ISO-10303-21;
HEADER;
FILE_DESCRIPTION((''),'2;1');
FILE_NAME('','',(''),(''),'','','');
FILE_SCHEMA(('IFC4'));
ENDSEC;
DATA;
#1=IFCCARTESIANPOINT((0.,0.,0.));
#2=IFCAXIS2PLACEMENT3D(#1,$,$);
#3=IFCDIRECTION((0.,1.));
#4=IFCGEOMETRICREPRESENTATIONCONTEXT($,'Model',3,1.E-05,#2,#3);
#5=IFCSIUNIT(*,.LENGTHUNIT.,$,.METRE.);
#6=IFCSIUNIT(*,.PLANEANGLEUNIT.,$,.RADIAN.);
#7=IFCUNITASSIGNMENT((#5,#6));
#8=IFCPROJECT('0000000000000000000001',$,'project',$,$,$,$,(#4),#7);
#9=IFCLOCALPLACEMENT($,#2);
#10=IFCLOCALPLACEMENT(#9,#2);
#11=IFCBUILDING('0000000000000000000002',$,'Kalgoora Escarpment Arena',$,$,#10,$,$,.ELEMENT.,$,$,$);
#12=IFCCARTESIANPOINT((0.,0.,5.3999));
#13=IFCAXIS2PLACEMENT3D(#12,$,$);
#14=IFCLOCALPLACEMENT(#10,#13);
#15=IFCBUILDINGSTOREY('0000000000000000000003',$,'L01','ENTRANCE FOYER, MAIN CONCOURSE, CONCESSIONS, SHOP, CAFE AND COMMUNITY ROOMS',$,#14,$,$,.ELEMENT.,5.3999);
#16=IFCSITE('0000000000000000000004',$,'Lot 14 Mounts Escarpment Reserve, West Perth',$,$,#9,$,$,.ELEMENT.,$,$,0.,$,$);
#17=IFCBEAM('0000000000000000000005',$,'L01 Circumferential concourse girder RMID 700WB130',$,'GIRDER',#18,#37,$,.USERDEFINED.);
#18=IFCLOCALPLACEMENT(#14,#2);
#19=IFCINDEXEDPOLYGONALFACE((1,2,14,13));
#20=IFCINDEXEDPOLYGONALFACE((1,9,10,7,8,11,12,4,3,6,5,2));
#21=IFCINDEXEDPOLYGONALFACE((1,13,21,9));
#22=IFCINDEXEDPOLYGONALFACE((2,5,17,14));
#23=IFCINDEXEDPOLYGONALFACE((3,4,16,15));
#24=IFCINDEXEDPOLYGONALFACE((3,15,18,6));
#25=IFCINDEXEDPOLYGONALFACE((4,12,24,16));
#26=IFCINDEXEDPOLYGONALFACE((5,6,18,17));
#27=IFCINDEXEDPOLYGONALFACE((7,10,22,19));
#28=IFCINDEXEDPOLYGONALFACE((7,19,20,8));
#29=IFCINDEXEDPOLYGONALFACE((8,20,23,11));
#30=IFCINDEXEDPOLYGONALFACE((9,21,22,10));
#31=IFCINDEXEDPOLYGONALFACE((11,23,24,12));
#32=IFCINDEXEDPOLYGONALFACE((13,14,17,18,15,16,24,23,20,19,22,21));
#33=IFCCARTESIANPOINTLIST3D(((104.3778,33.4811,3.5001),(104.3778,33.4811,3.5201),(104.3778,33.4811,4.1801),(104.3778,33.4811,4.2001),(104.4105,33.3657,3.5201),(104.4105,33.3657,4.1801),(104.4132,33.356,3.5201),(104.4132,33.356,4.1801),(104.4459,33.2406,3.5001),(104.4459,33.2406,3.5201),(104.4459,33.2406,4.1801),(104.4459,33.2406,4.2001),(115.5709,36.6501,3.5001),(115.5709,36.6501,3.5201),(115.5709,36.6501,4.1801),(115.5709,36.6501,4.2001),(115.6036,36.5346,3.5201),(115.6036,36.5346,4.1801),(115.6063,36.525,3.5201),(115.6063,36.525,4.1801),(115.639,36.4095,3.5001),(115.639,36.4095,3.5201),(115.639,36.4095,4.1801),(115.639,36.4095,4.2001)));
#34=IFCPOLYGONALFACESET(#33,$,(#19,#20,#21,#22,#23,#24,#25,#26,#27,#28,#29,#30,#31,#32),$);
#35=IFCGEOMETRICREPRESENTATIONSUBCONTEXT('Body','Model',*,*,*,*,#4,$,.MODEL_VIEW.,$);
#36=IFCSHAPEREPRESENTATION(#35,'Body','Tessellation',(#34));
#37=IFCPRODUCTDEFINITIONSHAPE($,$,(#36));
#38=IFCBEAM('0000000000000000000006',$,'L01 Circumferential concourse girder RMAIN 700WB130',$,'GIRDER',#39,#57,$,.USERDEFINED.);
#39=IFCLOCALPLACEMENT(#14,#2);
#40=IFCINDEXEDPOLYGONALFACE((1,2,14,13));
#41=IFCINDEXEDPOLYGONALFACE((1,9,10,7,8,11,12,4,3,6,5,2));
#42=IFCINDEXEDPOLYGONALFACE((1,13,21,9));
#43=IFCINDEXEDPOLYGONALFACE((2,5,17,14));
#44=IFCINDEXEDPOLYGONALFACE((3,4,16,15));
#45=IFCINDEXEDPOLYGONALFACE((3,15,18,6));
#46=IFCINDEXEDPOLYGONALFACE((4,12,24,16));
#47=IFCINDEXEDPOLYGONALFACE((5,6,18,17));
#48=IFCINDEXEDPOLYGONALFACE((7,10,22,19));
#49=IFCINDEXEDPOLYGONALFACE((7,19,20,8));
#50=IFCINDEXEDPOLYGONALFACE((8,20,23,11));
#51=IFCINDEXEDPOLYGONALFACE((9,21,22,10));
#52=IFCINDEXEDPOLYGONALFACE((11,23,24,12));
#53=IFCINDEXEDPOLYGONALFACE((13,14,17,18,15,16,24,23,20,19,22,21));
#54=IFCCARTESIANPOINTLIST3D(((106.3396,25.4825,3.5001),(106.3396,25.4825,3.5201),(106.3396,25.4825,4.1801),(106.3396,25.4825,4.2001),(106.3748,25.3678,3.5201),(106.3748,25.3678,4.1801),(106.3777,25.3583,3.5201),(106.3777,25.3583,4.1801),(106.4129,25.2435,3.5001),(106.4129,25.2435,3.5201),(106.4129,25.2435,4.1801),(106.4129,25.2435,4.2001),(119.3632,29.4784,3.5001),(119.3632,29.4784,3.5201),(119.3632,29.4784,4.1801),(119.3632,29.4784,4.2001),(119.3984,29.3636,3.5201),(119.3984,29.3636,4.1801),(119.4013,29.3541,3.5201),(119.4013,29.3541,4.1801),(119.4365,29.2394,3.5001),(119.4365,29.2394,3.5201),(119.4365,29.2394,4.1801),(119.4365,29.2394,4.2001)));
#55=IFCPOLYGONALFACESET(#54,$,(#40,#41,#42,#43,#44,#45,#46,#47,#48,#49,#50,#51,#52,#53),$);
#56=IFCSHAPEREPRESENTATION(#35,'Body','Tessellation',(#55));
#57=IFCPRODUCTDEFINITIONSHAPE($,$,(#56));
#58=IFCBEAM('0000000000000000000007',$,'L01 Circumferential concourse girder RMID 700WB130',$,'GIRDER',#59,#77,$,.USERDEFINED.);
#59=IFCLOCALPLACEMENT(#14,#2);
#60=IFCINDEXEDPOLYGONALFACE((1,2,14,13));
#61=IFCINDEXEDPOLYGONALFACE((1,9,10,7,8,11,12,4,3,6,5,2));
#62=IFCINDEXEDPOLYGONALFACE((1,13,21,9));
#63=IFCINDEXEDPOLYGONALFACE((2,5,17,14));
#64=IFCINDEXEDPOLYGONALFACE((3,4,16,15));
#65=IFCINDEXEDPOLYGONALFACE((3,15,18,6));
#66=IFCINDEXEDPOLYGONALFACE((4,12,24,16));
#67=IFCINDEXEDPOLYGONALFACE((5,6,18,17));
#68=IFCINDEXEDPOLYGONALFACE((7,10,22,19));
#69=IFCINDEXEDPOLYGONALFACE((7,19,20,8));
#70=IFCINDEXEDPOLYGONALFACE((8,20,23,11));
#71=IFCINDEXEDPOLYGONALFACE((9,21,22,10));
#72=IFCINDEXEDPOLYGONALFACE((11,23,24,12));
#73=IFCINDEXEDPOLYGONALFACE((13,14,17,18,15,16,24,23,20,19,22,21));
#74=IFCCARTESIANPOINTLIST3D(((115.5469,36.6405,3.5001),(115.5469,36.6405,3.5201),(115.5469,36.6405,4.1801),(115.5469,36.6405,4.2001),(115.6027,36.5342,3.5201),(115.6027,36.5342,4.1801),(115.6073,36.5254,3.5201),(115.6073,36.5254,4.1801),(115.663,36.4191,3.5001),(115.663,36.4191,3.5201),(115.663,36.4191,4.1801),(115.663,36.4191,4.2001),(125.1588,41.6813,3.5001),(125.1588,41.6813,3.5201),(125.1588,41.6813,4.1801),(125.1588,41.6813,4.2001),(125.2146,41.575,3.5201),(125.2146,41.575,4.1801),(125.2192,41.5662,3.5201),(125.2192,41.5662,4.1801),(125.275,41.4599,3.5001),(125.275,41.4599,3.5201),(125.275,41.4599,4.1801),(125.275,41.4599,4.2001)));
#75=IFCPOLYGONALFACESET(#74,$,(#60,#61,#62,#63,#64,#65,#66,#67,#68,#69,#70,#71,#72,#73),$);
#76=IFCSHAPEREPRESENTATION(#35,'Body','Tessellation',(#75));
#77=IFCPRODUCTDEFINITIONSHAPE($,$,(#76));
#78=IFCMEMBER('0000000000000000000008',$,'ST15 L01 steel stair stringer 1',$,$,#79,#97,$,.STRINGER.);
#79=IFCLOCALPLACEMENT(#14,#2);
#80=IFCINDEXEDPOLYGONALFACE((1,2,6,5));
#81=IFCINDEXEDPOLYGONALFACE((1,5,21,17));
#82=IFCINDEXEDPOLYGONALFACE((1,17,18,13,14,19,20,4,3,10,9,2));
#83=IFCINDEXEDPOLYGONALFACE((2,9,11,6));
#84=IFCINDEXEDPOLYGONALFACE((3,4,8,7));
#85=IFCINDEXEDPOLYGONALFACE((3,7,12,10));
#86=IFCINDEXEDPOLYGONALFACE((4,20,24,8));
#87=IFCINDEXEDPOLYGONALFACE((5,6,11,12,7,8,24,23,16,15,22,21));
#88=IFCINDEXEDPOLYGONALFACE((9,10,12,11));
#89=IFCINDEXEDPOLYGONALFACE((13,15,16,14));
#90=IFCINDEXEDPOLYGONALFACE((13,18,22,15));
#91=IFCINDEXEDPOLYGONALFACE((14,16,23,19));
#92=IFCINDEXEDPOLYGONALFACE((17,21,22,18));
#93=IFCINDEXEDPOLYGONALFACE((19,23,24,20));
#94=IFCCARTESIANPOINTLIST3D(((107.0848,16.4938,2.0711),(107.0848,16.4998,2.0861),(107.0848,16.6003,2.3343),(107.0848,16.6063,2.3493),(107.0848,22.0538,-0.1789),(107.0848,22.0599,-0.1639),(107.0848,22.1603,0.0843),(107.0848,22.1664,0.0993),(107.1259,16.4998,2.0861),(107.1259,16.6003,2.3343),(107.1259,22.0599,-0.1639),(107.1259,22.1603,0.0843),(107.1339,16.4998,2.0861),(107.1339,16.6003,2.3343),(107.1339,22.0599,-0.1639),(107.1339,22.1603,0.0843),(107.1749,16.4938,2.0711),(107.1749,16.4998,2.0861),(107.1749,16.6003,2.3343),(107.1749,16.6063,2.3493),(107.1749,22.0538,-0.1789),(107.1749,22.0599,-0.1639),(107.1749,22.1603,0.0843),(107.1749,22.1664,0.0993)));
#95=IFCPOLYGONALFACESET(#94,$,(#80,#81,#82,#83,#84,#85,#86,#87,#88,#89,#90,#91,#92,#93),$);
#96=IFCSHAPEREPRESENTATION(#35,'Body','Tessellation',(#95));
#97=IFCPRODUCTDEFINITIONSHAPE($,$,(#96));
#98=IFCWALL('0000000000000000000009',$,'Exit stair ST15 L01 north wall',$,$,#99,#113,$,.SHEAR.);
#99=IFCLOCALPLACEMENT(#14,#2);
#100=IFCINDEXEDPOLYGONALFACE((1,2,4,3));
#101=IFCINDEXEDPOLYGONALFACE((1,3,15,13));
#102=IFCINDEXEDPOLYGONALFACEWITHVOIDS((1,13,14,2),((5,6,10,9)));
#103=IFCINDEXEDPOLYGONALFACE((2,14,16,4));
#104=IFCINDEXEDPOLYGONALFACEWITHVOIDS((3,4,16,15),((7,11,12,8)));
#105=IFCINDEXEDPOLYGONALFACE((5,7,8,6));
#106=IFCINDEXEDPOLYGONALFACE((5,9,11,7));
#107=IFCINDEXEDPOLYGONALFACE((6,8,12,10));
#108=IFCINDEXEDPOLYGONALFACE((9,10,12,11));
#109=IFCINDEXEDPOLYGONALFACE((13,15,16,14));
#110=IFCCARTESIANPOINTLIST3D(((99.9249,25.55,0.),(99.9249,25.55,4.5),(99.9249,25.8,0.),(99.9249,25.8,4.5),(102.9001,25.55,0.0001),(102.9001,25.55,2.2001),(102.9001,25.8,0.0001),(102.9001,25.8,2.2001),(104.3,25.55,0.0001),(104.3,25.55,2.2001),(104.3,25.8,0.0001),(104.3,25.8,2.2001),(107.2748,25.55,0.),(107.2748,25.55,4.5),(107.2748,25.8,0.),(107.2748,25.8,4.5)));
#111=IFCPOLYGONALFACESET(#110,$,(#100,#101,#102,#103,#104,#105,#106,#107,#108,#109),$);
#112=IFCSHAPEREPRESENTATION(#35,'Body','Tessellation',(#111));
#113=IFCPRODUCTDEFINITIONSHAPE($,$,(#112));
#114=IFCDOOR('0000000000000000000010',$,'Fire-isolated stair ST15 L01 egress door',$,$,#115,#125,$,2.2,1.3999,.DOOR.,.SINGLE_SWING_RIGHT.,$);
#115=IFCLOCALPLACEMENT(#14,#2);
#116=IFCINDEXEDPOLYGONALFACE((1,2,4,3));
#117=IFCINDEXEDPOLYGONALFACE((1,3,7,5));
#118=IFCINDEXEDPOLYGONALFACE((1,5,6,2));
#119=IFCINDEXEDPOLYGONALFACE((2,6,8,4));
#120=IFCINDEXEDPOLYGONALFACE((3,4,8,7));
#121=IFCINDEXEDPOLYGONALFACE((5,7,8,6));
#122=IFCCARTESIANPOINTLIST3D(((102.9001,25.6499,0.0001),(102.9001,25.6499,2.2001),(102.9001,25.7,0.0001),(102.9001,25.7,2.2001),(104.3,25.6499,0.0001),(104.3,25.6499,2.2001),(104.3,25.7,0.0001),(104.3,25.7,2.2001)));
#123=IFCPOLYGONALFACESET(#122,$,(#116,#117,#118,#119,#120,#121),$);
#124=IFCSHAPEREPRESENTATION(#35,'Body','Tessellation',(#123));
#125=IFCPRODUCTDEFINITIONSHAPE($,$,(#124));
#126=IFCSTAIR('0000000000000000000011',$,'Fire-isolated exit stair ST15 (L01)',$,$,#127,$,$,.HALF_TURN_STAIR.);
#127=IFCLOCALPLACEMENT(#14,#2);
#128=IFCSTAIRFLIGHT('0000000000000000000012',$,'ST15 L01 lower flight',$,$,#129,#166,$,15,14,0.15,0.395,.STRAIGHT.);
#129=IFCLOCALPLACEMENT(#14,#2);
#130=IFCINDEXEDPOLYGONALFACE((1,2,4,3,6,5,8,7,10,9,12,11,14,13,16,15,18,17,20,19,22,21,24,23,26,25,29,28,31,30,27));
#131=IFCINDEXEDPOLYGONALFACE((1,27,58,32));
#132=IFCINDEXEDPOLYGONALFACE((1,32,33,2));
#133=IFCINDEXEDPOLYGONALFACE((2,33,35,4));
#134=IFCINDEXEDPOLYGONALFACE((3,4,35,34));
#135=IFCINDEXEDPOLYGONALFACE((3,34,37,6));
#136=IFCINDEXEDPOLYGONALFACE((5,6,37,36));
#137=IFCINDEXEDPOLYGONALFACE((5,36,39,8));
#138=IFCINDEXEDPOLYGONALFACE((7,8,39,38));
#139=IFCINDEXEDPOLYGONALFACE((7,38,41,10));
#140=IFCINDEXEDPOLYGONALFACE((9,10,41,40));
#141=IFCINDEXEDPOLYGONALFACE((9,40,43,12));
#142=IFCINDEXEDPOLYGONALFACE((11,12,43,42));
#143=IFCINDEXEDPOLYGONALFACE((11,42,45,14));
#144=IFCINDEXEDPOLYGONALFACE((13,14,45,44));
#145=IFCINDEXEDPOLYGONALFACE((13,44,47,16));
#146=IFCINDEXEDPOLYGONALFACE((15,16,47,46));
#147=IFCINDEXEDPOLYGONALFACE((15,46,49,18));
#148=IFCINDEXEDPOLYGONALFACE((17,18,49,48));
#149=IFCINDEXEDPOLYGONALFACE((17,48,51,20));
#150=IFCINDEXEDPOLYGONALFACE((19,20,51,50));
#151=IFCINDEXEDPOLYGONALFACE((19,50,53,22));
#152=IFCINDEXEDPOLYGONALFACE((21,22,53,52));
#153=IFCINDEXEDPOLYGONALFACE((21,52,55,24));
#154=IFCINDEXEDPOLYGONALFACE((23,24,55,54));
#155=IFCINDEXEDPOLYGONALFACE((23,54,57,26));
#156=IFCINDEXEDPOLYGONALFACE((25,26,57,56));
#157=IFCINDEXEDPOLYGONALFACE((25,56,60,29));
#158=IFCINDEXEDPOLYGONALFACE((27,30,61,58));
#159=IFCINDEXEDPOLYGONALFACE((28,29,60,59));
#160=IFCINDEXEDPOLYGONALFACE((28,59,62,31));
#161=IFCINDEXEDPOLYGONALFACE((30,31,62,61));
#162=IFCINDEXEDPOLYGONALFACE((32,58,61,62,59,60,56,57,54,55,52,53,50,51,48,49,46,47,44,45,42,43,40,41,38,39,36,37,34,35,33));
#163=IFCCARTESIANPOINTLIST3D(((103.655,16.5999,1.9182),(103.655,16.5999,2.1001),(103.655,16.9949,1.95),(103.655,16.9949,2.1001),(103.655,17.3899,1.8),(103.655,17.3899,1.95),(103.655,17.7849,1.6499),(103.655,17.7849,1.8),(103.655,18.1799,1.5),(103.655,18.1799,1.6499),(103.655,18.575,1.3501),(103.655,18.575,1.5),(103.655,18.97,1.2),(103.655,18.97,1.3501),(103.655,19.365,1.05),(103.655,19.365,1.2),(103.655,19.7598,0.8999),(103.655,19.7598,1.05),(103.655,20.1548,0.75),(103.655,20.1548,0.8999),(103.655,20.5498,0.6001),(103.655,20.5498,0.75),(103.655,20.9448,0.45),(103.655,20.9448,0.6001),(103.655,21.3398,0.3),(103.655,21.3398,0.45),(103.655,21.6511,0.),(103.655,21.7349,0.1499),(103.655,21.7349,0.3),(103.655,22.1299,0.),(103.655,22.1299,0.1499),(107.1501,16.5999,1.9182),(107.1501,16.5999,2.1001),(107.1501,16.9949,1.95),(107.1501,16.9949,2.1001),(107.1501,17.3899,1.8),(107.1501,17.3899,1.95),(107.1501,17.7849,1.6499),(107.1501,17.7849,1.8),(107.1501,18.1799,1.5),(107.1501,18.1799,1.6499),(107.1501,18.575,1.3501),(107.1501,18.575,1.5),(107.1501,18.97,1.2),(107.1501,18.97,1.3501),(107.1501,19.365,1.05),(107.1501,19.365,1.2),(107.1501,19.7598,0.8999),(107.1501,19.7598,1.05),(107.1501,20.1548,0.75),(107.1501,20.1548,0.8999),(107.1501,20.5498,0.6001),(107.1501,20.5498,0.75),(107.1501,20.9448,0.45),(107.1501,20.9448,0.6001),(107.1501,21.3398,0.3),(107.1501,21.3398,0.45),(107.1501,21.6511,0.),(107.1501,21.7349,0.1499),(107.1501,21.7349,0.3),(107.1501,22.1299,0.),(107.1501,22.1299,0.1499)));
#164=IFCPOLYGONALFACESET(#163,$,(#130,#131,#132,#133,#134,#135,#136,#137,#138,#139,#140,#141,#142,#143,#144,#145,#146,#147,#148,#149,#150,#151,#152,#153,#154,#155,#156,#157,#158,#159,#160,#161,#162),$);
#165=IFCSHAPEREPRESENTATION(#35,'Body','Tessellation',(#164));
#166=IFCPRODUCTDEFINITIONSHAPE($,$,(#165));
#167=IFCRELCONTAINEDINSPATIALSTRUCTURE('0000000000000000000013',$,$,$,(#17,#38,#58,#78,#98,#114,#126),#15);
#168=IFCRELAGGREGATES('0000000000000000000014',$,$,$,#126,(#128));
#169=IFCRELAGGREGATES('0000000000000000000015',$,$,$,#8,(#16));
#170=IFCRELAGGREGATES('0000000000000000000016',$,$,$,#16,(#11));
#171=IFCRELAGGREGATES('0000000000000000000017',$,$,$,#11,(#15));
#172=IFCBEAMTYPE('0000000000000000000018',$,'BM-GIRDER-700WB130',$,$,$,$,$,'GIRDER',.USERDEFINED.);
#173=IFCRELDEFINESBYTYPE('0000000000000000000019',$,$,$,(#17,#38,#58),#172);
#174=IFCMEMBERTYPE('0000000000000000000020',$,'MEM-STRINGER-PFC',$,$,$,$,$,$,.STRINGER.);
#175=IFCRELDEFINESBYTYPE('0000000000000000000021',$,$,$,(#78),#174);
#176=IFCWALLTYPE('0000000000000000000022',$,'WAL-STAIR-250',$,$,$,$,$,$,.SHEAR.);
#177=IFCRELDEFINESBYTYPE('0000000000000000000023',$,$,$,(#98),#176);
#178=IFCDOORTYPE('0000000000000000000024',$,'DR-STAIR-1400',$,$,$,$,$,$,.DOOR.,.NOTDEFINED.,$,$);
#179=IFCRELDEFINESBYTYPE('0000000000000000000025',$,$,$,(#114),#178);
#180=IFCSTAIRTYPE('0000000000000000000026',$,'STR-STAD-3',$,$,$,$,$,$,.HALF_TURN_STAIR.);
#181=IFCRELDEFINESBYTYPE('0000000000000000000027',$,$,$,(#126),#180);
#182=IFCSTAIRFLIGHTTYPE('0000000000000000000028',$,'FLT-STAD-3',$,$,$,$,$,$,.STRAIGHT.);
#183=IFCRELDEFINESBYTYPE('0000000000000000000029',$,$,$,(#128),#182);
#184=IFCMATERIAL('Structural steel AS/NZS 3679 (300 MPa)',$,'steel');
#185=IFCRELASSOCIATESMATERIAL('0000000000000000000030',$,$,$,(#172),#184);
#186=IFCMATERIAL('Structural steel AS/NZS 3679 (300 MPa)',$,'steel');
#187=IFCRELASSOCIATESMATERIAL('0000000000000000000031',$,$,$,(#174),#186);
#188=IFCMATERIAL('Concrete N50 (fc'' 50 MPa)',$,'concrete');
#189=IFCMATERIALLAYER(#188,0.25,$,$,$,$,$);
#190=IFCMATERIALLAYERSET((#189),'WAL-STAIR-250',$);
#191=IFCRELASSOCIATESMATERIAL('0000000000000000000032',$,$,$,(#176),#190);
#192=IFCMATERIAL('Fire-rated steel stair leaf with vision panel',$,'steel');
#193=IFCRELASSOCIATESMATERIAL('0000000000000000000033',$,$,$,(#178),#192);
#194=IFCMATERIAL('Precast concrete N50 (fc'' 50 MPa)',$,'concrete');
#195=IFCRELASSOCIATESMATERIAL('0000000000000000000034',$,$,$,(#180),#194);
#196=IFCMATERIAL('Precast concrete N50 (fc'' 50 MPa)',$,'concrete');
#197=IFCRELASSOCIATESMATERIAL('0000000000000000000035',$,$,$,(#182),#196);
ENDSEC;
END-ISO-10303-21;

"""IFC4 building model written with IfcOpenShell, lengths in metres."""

from ifc_helpers import new_model, si_unit, direction, frame, frame_2d, origin, origin_2d, place, context, subcontext, project, spatial, polyline, rectangle, i_section, outline, extrude, material, layer, layer_set, material_profile, profile_set, type_object, element, fill, aggregate, save


model = new_model("IFC4")

# Units and contexts
model_context = context("Model", 3, precision=1e-05, world=origin(), true_north=direction((0.0, 1.0)))
body_context = subcontext(model_context, "Body", "Model", "MODEL_VIEW")
ifc_project = project(units=[si_unit("LENGTHUNIT", "METRE"), si_unit("PLANEANGLEUNIT", "RADIAN")], contexts=[model_context])

# Site, building, storey
site_placement = place(None, origin())
site = spatial("IfcSite", under=ifc_project, at=site_placement, Name="Lot 14 Mounts Escarpment Reserve, West Perth", CompositionType="ELEMENT", RefElevation=0.0)
building_placement = place(site_placement, origin())
building = spatial("IfcBuilding", under=site, at=building_placement, Name="Kalgoora Escarpment Arena", CompositionType="ELEMENT")
storey_placement = place(building_placement, frame((0.0, 0.0, 5.3999)))
storey = spatial("IfcBuildingStorey", under=building, at=storey_placement, Name="L01", Description="ENTRANCE FOYER, MAIN CONCOURSE, CONCESSIONS, SHOP, CAFE AND COMMUNITY ROOMS", CompositionType="ELEMENT", Elevation=5.3999)

# Beams
ifc_material_1 = material(Name="Structural steel AS/NZS 3679 (300 MPa)", Category="steel")
ifc_material_profile_1 = material_profile(ifc_material_1, i_section(OverallWidth=0.25, OverallDepth=0.7, WebThickness=0.01, FlangeThickness=0.02, at=origin_2d()))
ifc_profile_set_1 = profile_set([ifc_material_profile_1], Name="Structural steel AS/NZS 3679 (300 MPa)")
beam_type_1 = type_object("IfcBeamType", Name="BM-GIRDER-700WB130", ElementType="GIRDER", PredefinedType="USERDEFINED", material=ifc_profile_set_1)
beam_1_placement = place(storey_placement, frame((104.4119, 33.3608, 3.8501), z_axis=(0.962182, 0.272409, 0.0), x_axis=(-0.272409, 0.962182, 0.0)))
element("IfcBeam", 1, at=beam_1_placement, inside=storey, type_object=beam_type_1, Name="L01 Circumferential concourse girder RMID 700WB130", ObjectType="GIRDER", PredefinedType="USERDEFINED", context=body_context, shape_type="SweptSolid", body=[
    extrude(i_section(OverallWidth=0.25, OverallDepth=0.7, WebThickness=0.01, FlangeThickness=0.02, at=origin_2d()), origin(), (0.0, 0.0, 1.0), 11.6331),
])
beam_2_placement = place(storey_placement, frame((106.3762, 25.363, 3.8501), z_axis=(0.956015, 0.293319, 0.0), x_axis=(-0.293319, 0.956015, 0.0)))
element("IfcBeam", 2, at=beam_2_placement, inside=storey, type_object=beam_type_1, Name="L01 Circumferential concourse girder RMAIN 700WB130", ObjectType="GIRDER", PredefinedType="USERDEFINED", context=body_context, shape_type="SweptSolid", body=[
    extrude(i_section(OverallWidth=0.25, OverallDepth=0.7, WebThickness=0.01, FlangeThickness=0.02, at=origin_2d()), origin(), (0.0, 0.0, 1.0), 13.6228),
])
beam_3_placement = place(storey_placement, frame((115.605, 36.5298, 3.8501), z_axis=(0.885604, 0.464441, 0.0), x_axis=(-0.464441, 0.885604, 0.0)))
element("IfcBeam", 3, at=beam_3_placement, inside=storey, type_object=beam_type_1, Name="L01 Circumferential concourse girder RMID 700WB130", ObjectType="GIRDER", PredefinedType="USERDEFINED", context=body_context, shape_type="SweptSolid", body=[
    extrude(i_section(OverallWidth=0.25, OverallDepth=0.7, WebThickness=0.01, FlangeThickness=0.02, at=origin_2d()), origin(), (0.0, 0.0, 1.0), 10.8535),
])

# Member
ifc_material_2 = material(Name="Structural steel AS/NZS 3679 (300 MPa)", Category="steel")
ifc_material_profile_2 = material_profile(ifc_material_2, i_section(OverallWidth=0.0901, OverallDepth=0.3, WebThickness=0.0081, FlangeThickness=0.0161, at=origin_2d()))
ifc_profile_set_2 = profile_set([ifc_material_profile_2], Name="Structural steel AS/NZS 3679 (300 MPa)")
member_type = type_object("IfcMemberType", Name="MEM-STRINGER-PFC", PredefinedType="STRINGER", material=ifc_profile_set_2)
member_placement = place(storey_placement, frame((107.1299, 22.1101, -0.0398), z_axis=(0.0, -0.926976, 0.375121), x_axis=(1.0, 0.0, 0.0)))
element("IfcMember", 4, at=member_placement, inside=storey, type_object=member_type, Name="ST15 L01 steel stair stringer 1", PredefinedType="STRINGER", context=body_context, shape_type="SweptSolid", body=[
    extrude(i_section(OverallWidth=0.0901, OverallDepth=0.3, WebThickness=0.0081, FlangeThickness=0.0161, at=origin_2d()), origin(), (0.0, 0.0, 1.0), 5.998),
])

# Wall, opening, door
ifc_material_3 = material(Name="Concrete N50 (fc' 50 MPa)", Category="concrete")
ifc_layer = layer(ifc_material_3, 0.25)
ifc_layer_set = layer_set([ifc_layer], Name="WAL-STAIR-250")
wall_type = type_object("IfcWallType", Name="WAL-STAIR-250", PredefinedType="SHEAR", material=ifc_layer_set)
wall_placement = place(storey_placement, frame((99.925, 25.675, 0.0), z_axis=(0.0, 0.0, 1.0), x_axis=(1.0, 0.0, 0.0)))
wall = element("IfcWall", 5, at=wall_placement, inside=storey, type_object=wall_type, Name="Exit stair ST15 L01 north wall", PredefinedType="SHEAR", context=body_context, shape_type="SweptSolid", body=[
    extrude(rectangle(XDim=7.3499, YDim=0.25, at=frame_2d((3.6748, 0.0))), origin(), (0.0, 0.0, 1.0), 4.5),
])
opening_placement = place(wall_placement, frame((2.9751, 0.0, 0.0)))
opening = element("IfcOpeningElement", 6, at=opening_placement, cuts=wall, PredefinedType="OPENING", context=body_context, shape_type="SweptSolid", body=[
    extrude(rectangle(XDim=1.3999, YDim=2.2, at=frame_2d((0.7, 1.1001))), frame((0.0, 0.135, 0.0), z_axis=(0.0, -1.0, 0.0), x_axis=(1.0, 0.0, 0.0)), (0.0, 0.0, 1.0), 0.27),
])
ifc_material_4 = material(Name="Fire-rated steel stair leaf with vision panel", Category="steel")
door_type = type_object("IfcDoorType", Name="DR-STAIR-1400", OperationType="NOTDEFINED", PredefinedType="DOOR", material=ifc_material_4)
door_placement = place(opening_placement, origin())
door = element("IfcDoor", 7, at=door_placement, inside=storey, type_object=door_type, Name="Fire-isolated stair ST15 L01 egress door", OperationType="SINGLE_SWING_RIGHT", OverallHeight=2.2, OverallWidth=1.3999, PredefinedType="DOOR", context=body_context, shape_type="SweptSolid", body=[
    extrude(rectangle(XDim=1.3999, YDim=2.2, at=frame_2d((0.7, 1.1001))), frame((0.0, 0.0249, 0.0), z_axis=(0.0, -1.0, 0.0), x_axis=(1.0, 0.0, 0.0)), (0.0, 0.0, 1.0), 0.05),
])
fill(opening, door)

# Stair, stair flight
ifc_material_5 = material(Name="Precast concrete N50 (fc' 50 MPa)", Category="concrete")
stair_type = type_object("IfcStairType", Name="STR-STAD-3", PredefinedType="HALF_TURN_STAIR", material=ifc_material_5)
stair_placement = place(storey_placement, origin())
stair = element("IfcStair", 8, at=stair_placement, inside=storey, type_object=stair_type, Name="Fire-isolated exit stair ST15 (L01)", PredefinedType="HALF_TURN_STAIR")
ifc_material_6 = material(Name="Precast concrete N50 (fc' 50 MPa)", Category="concrete")
stair_flight_type = type_object("IfcStairFlightType", Name="FLT-STAD-3", PredefinedType="STRAIGHT", material=ifc_material_6)
stair_flight_placement = place(storey_placement, frame((105.4026, 22.1299, 0.0), z_axis=(0.0, 0.0, 1.0), x_axis=(0.0, -1.0, 0.0)))
stair_flight = element("IfcStairFlight", 9, at=stair_flight_placement, type_object=stair_flight_type, Name="ST15 L01 lower flight", NumberOfRisers=15, NumberOfTreads=14, PredefinedType="STRAIGHT", RiserHeight=0.15, TreadLength=0.395, context=body_context, shape_type="SweptSolid", body=[
    extrude(outline(polyline([(0.0, 0.0), (0.0, 0.1499), (0.395, 0.1499), (0.395, 0.3), (0.79, 0.3), (0.79, 0.45), (1.1851, 0.45), (1.1851, 0.6001), (1.5801, 0.6001), (1.5801, 0.75), (1.9751, 0.75), (1.9751, 0.8999), (2.3701, 0.8999), (2.3701, 1.05), (2.7649, 1.05), (2.7649, 1.2), (3.1599, 1.2), (3.1599, 1.3501), (3.5549, 1.3501), (3.5549, 1.5), (3.95, 1.5), (3.95, 1.6499), (4.345, 1.6499), (4.345, 1.8), (4.74, 1.8), (4.74, 1.95), (5.135, 1.95), (5.135, 2.1001), (5.53, 2.1001), (5.53, 2.25), (5.53, 1.9182), (0.4788, 0.0), (0.0, 0.0)])), frame((0.0, 1.7476, 0.0), z_axis=(0.0, -1.0, 0.0), x_axis=(1.0, 0.0, 0.0)), (0.0, 0.0, 1.0), 3.4951),
])
aggregate(stair, [stair_flight])

save(model, "model.ifc")
